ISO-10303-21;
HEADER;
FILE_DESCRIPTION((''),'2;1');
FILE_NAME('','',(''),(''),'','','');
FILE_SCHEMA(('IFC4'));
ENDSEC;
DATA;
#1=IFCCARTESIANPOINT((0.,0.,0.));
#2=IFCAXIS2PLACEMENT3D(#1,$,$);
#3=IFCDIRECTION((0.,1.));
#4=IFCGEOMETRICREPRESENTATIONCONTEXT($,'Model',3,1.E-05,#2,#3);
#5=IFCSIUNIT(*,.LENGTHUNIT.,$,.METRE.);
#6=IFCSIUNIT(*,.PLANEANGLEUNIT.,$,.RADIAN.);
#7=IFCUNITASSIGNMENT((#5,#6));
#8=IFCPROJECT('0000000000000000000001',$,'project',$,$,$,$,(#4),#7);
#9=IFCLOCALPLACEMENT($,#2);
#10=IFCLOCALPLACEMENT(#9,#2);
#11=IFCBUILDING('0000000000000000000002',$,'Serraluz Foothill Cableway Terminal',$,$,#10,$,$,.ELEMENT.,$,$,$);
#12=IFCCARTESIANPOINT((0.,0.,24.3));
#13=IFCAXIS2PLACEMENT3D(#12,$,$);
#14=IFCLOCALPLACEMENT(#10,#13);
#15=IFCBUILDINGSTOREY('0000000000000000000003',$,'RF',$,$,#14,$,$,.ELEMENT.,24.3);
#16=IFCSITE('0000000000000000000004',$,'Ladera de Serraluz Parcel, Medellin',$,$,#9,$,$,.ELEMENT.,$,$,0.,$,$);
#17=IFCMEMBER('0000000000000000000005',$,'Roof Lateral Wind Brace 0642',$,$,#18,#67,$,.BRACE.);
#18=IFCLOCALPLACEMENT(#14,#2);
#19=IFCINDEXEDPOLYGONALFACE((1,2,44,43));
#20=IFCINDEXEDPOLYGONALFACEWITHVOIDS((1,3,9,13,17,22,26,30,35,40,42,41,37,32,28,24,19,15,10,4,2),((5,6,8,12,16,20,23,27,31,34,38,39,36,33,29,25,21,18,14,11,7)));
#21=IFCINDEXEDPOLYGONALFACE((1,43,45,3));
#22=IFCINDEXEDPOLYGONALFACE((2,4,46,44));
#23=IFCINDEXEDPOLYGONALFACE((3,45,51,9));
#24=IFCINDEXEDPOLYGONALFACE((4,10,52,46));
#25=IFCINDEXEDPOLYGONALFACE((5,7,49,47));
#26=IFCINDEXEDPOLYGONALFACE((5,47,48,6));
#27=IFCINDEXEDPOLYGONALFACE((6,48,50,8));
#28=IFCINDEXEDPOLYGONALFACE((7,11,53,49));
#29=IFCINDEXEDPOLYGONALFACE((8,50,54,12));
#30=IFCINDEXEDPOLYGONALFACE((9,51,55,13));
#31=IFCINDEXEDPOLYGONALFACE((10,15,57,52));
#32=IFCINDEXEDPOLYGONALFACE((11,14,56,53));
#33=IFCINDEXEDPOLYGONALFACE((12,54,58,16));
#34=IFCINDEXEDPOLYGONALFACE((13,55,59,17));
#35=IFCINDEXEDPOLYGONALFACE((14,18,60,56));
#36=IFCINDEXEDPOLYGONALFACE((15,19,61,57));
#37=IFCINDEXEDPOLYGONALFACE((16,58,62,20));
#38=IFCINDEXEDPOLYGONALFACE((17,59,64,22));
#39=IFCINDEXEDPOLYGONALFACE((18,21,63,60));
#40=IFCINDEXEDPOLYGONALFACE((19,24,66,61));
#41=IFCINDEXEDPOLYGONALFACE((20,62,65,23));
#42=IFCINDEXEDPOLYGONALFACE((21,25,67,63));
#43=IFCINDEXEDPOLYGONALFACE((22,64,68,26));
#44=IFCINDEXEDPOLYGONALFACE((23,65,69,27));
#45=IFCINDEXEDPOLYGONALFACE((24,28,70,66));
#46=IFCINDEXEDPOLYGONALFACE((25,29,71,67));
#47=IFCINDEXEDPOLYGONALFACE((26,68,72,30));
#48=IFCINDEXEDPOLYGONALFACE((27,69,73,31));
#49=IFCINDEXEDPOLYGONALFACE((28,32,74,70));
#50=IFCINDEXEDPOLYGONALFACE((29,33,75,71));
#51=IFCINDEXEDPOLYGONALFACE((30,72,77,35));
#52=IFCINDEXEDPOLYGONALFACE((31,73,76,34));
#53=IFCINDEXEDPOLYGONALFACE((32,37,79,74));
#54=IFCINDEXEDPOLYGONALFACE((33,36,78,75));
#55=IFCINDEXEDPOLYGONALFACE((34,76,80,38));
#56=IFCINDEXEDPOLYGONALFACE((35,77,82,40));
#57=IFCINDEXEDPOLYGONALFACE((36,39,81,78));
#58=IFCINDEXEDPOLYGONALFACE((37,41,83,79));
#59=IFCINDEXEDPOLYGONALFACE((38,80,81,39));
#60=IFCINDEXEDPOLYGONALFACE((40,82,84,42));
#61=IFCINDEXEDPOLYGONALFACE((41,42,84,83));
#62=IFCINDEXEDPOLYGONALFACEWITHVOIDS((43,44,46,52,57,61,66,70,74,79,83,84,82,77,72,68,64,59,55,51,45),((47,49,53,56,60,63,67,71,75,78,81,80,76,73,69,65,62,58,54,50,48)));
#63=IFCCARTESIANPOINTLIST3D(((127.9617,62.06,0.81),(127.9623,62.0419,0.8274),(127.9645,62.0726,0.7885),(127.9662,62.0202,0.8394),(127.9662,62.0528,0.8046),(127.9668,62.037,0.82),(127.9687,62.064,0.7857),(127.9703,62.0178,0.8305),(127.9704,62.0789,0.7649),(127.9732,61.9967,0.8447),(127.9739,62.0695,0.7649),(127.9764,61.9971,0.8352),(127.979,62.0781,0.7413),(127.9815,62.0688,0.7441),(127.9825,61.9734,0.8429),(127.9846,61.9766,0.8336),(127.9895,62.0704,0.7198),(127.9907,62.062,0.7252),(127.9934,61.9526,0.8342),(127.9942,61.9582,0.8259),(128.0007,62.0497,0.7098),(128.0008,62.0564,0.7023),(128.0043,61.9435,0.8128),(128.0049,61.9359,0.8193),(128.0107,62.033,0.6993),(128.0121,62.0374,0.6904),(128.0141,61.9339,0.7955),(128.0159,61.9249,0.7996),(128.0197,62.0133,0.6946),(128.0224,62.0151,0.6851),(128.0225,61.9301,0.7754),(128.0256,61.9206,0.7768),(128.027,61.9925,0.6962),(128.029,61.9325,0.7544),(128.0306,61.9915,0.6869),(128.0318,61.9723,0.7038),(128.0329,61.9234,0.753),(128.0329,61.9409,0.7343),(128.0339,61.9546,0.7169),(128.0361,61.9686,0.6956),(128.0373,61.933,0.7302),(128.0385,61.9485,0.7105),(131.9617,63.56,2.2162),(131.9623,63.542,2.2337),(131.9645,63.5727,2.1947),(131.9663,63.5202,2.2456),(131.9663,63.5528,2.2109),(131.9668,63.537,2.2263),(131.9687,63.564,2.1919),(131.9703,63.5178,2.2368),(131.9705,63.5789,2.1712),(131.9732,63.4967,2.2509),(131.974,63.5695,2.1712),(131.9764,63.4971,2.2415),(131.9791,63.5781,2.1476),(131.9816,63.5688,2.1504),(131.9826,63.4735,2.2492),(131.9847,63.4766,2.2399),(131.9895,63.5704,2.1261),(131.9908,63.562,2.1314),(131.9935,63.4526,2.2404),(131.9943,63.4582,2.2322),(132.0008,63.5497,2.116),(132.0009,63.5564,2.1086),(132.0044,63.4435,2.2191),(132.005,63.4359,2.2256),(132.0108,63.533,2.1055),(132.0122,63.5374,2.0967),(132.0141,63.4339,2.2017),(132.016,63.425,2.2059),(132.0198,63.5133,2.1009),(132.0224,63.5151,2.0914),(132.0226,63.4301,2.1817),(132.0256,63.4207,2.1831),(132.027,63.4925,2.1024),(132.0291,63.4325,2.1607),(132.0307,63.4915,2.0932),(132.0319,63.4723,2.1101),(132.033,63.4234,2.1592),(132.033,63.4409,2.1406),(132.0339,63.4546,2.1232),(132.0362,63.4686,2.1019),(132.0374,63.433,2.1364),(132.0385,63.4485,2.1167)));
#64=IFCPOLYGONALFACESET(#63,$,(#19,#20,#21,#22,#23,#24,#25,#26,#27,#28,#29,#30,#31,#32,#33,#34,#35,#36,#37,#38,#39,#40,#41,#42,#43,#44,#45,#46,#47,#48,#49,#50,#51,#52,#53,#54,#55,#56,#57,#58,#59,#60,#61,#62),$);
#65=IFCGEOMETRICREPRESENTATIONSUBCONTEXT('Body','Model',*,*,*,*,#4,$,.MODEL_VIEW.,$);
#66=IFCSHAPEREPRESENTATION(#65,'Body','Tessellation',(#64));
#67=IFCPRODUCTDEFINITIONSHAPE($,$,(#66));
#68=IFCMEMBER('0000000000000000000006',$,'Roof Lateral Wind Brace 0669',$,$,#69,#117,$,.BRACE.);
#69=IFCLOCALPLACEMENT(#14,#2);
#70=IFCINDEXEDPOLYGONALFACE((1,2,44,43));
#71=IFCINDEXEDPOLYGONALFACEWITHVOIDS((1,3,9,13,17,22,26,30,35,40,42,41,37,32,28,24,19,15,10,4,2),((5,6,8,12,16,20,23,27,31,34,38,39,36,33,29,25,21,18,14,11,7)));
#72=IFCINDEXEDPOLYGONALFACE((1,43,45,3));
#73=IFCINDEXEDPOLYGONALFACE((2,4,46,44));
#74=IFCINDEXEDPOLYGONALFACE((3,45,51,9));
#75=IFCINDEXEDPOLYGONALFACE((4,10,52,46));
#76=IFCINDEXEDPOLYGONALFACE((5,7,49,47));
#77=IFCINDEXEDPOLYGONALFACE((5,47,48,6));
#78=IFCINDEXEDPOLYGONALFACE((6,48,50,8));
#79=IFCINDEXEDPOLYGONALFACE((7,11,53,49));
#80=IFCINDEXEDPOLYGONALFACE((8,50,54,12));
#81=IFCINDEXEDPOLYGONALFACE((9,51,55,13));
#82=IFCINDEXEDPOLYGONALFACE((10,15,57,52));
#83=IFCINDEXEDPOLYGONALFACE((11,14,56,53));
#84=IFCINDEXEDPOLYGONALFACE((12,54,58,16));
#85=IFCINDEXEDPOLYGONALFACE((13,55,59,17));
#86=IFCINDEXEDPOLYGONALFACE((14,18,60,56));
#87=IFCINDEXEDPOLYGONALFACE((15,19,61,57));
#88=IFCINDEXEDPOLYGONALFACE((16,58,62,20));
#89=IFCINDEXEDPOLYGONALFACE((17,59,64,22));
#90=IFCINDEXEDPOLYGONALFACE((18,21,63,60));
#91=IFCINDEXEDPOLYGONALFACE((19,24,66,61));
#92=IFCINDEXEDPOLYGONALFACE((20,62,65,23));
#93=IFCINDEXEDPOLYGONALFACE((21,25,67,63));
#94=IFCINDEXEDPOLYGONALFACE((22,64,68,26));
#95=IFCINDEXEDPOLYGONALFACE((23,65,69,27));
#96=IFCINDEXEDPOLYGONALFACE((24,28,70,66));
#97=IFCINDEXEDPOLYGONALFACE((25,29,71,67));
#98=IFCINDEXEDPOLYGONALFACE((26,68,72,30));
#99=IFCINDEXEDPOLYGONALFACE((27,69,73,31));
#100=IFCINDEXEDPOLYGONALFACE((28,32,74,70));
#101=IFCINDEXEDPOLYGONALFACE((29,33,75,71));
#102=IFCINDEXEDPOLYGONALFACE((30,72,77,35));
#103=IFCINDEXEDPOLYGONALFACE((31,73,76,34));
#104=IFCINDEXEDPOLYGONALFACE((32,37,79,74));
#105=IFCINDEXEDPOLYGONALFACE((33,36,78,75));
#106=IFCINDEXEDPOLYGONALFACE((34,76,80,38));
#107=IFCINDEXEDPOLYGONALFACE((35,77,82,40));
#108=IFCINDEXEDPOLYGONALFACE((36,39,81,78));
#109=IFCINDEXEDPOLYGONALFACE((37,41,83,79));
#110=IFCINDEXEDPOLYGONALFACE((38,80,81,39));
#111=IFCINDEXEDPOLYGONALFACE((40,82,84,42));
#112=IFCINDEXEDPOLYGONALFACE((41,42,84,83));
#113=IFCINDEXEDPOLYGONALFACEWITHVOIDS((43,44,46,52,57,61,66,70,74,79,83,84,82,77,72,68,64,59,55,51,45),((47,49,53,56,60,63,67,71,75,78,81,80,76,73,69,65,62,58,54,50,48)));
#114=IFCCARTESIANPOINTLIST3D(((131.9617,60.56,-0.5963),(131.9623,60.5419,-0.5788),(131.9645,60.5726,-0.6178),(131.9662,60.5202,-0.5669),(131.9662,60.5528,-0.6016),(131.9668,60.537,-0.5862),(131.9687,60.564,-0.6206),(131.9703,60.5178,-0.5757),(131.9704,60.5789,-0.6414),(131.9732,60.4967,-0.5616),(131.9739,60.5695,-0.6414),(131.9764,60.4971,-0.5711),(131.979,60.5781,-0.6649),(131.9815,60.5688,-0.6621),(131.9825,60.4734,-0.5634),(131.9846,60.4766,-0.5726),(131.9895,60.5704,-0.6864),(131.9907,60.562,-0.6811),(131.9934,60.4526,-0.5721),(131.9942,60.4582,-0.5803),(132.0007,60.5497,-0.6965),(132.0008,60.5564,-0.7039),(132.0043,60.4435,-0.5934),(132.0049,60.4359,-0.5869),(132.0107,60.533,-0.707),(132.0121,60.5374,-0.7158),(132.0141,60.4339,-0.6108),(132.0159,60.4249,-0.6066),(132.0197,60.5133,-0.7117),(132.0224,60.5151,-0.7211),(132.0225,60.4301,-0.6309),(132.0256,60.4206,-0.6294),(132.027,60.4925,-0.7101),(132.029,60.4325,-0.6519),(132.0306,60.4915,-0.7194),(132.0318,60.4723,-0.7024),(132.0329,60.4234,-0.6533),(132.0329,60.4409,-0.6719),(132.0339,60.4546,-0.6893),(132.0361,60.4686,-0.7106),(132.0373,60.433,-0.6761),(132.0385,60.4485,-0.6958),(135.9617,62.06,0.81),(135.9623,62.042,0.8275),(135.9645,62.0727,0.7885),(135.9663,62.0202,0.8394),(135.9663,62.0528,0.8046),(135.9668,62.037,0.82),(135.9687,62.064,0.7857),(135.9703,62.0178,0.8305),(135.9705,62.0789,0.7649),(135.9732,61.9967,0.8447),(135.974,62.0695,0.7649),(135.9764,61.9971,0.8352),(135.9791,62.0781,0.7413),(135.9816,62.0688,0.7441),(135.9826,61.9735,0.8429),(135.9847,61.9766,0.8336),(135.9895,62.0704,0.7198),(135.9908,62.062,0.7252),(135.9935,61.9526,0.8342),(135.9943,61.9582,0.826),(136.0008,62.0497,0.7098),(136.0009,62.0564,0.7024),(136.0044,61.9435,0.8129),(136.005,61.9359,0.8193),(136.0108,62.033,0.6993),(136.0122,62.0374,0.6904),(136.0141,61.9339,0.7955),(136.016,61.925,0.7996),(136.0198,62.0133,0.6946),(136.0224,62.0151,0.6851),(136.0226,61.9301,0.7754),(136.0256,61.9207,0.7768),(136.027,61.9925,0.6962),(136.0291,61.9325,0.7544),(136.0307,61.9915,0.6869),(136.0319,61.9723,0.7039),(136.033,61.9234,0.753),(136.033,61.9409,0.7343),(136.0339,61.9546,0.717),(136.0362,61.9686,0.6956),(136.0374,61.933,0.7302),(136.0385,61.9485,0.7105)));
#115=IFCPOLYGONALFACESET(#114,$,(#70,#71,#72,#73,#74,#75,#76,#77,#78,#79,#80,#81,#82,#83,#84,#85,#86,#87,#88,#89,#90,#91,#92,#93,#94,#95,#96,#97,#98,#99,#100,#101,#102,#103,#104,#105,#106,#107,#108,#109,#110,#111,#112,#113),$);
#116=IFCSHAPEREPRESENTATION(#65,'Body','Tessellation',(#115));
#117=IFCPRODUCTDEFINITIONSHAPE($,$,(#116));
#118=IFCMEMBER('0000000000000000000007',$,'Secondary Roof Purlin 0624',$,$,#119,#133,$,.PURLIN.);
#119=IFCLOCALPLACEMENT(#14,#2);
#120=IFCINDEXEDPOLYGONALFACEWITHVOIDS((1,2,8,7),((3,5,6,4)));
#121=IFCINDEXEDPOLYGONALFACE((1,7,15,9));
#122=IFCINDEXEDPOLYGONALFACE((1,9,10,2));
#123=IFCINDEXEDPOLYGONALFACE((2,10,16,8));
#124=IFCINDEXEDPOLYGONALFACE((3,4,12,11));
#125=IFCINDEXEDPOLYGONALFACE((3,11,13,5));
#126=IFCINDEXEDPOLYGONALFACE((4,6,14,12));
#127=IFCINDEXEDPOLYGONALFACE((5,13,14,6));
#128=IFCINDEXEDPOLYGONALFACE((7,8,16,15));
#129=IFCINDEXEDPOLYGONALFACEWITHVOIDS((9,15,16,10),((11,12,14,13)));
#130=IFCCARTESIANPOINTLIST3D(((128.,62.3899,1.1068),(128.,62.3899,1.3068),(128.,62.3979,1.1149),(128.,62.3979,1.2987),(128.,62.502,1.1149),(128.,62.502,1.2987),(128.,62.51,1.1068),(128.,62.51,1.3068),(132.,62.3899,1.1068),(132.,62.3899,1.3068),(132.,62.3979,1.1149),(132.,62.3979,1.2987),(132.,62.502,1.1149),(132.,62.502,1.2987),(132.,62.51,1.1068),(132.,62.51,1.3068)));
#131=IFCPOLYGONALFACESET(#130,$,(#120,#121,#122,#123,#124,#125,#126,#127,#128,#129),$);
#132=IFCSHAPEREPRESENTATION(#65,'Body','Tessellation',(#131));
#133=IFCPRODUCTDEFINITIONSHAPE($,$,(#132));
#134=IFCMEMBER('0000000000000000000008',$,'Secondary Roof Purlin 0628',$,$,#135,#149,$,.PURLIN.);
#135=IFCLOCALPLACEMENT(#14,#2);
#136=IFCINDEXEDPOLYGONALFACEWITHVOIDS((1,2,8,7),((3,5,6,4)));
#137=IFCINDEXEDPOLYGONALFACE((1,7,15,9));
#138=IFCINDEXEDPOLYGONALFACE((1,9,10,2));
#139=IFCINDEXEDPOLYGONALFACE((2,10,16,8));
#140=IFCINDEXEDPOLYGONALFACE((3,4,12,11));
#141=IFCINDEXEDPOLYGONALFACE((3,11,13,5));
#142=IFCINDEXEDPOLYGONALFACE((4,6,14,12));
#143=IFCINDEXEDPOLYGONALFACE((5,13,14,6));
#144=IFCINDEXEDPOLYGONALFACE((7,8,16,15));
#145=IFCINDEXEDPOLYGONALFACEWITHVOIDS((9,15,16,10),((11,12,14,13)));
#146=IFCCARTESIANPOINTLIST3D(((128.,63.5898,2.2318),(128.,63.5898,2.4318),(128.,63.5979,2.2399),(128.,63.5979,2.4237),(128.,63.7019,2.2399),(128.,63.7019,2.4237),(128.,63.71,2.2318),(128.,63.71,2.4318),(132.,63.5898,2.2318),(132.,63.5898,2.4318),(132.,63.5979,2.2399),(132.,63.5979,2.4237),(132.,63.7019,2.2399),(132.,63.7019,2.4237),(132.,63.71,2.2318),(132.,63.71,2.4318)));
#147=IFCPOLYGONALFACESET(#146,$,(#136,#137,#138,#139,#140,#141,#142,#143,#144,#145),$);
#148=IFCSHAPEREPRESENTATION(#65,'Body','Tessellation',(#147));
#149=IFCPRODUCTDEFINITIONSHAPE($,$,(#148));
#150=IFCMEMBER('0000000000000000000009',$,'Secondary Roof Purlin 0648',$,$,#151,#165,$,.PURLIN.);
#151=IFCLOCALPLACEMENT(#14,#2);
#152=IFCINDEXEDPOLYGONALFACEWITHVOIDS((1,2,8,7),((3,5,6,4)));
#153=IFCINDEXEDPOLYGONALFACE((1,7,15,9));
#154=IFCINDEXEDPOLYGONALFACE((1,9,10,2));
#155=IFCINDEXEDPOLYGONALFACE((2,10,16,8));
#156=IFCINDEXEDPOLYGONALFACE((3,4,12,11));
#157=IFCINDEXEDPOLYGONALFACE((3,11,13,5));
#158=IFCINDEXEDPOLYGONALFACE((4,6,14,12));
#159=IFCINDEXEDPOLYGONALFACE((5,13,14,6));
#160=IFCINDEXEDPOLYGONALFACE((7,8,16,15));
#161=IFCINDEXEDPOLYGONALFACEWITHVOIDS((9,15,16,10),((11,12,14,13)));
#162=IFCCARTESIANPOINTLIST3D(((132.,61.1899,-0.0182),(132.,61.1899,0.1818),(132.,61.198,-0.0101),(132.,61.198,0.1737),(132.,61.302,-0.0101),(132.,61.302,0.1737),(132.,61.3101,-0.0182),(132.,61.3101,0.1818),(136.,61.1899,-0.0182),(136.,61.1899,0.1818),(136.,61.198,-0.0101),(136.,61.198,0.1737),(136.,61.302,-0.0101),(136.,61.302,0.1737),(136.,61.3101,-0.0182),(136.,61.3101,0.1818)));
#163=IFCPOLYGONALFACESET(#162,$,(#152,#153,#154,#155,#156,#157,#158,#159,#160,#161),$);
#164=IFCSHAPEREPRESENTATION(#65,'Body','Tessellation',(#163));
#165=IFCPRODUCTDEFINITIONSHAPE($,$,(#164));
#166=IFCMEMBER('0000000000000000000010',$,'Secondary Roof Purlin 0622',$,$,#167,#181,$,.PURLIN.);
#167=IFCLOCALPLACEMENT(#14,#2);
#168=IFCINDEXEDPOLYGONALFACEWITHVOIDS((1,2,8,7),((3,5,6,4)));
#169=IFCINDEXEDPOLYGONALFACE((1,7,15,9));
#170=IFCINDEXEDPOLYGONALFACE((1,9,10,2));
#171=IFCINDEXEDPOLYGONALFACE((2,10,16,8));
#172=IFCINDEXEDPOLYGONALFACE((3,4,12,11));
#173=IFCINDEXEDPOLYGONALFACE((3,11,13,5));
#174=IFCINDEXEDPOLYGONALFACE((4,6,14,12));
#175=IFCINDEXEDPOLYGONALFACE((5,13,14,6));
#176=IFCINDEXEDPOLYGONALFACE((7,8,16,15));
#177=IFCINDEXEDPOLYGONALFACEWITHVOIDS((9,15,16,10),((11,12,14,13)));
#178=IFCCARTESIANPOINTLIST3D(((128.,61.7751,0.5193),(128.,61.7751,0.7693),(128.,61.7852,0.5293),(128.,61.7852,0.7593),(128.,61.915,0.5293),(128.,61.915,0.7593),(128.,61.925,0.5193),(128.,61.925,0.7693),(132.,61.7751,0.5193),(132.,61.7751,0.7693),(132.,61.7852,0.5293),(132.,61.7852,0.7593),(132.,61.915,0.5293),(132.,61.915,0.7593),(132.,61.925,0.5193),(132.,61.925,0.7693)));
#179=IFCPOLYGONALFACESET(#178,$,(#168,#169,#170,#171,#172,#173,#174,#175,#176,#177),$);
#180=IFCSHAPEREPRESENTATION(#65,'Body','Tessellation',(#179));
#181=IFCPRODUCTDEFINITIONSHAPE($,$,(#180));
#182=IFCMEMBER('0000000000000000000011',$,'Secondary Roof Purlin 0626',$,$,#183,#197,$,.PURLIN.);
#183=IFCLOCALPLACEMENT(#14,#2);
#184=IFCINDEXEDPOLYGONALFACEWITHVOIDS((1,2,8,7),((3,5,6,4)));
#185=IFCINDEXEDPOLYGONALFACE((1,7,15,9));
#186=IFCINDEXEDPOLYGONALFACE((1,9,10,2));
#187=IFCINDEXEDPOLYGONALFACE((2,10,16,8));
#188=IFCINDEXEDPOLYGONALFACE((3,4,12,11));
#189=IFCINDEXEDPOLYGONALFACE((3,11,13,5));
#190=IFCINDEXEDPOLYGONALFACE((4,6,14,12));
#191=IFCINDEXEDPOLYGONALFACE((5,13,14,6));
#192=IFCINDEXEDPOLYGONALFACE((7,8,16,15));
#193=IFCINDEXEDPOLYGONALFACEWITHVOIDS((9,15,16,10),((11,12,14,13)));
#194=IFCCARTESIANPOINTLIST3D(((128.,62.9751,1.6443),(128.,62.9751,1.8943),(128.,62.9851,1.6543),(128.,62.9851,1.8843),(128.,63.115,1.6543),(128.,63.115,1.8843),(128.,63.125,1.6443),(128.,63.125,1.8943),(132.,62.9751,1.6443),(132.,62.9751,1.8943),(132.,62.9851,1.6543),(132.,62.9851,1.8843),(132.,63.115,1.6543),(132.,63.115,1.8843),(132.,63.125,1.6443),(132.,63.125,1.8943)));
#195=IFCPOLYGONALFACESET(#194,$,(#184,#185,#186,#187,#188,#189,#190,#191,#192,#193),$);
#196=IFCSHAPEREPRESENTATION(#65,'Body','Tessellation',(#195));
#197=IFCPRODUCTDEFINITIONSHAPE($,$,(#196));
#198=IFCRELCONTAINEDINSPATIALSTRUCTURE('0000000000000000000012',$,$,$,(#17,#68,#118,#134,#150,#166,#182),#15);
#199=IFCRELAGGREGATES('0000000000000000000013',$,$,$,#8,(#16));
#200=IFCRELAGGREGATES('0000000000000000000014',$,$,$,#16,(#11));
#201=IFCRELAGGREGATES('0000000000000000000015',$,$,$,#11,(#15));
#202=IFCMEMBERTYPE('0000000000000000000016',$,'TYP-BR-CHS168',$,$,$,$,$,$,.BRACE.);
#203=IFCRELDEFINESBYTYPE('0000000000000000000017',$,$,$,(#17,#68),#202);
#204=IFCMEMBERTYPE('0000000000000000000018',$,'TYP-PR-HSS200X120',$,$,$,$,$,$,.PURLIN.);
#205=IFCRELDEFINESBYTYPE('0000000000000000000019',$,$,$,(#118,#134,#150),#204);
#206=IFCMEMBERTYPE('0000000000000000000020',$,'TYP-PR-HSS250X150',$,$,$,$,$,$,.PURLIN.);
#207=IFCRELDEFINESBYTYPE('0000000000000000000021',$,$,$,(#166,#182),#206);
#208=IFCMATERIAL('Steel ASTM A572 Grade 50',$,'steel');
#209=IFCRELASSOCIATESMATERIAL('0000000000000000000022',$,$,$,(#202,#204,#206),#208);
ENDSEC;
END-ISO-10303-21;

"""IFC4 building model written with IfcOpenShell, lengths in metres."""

from ifc_helpers import new_model, si_unit, direction, frame, origin, origin_2d, place, context, subcontext, project, spatial, hollow_rectangle, hollow_circle, extrude, material, material_profile, profile_set, type_object, element, save


model = new_model("IFC4")

# Units and contexts
model_context = context("Model", 3, precision=1e-05, world=origin(), true_north=direction((0.0, 1.0)))
body_context = subcontext(model_context, "Body", "Model", "MODEL_VIEW")
ifc_project = project(units=[si_unit("LENGTHUNIT", "METRE"), si_unit("PLANEANGLEUNIT", "RADIAN")], contexts=[model_context])

# Site, building, storey
site_placement = place(None, origin())
site = spatial("IfcSite", under=ifc_project, at=site_placement, Name="Ladera de Serraluz Parcel, Medellin", CompositionType="ELEMENT", RefElevation=0.0)
building_placement = place(site_placement, origin())
building = spatial("IfcBuilding", under=site, at=building_placement, Name="Serraluz Foothill Cableway Terminal", CompositionType="ELEMENT")
storey_placement = place(building_placement, frame((0.0, 0.0, 24.3)))
storey = spatial("IfcBuildingStorey", under=building, at=storey_placement, Name="RF", CompositionType="ELEMENT", Elevation=24.3)

# Members
ifc_material_1 = material(Name="Steel ASTM A572 Grade 50", Category="steel")
ifc_material_profile_1 = material_profile(ifc_material_1, hollow_circle(Radius=0.0842, WallThickness=0.01, at=origin_2d()), Name="CHS168X10")
ifc_profile_set_1 = profile_set([ifc_material_profile_1], Name="Steel ASTM A572 Grade 50")
member_type_1 = type_object("IfcMemberType", Name="TYP-BR-CHS168", PredefinedType="BRACE", material=ifc_profile_set_1)
for number, where, z_axis, x_axis, name in (
    (1, (128.0, 62.0, 0.7649), (0.889382, 0.333518, 0.312673), (-0.351123, 0.936329, 0.0), "Roof Lateral Wind Brace 0642"),
    (2, (132.0, 60.5, -0.6414), (0.889382, 0.333518, 0.312673), (-0.351123, 0.936329, 0.0), "Roof Lateral Wind Brace 0669"),
):
    element("IfcMember", number, at=place(storey_placement, frame(where, z_axis=z_axis, x_axis=x_axis)), inside=storey, type_object=member_type_1, Name=name, PredefinedType="BRACE", context=body_context, shape_type="SweptSolid", body=[
        extrude(hollow_circle(Radius=0.0842, WallThickness=0.01, at=origin_2d()), origin(), (0.0, 0.0, 1.0), 4.4976),
    ])
ifc_material_profile_2 = material_profile(ifc_material_1, hollow_rectangle(XDim=0.1201, YDim=0.2, WallThickness=0.0081, at=origin_2d()), Name="HSS200X120X8")
ifc_profile_set_2 = profile_set([ifc_material_profile_2], Name="Steel ASTM A572 Grade 50")
member_type_2 = type_object("IfcMemberType", Name="TYP-PR-HSS200X120", PredefinedType="PURLIN", material=ifc_profile_set_2)
for number, where, z_axis, x_axis, name in (
    (3, (128.0, 62.45, 1.2068), (1.0, 0.0, 0.0), (0.0, 1.0, 0.0), "Secondary Roof Purlin 0624"),
    (4, (128.0, 63.6499, 2.3318), (1.0, 0.0, 0.0), (0.0, 1.0, 0.0), "Secondary Roof Purlin 0628"),
    (5, (132.0, 61.25, 0.0818), (1.0, 0.0, 0.0), (0.0, 1.0, 0.0), "Secondary Roof Purlin 0648"),
):
    element("IfcMember", number, at=place(storey_placement, frame(where, z_axis=z_axis, x_axis=x_axis)), inside=storey, type_object=member_type_2, Name=name, PredefinedType="PURLIN", context=body_context, shape_type="SweptSolid", body=[
        extrude(hollow_rectangle(XDim=0.1201, YDim=0.2, WallThickness=0.0081, at=origin_2d()), origin(), (0.0, 0.0, 1.0), 4.0),
    ])
ifc_material_profile_3 = material_profile(ifc_material_1, hollow_rectangle(XDim=0.1499, YDim=0.25, WallThickness=0.01, at=origin_2d()), Name="HSS250X150X10")
ifc_profile_set_3 = profile_set([ifc_material_profile_3], Name="Steel ASTM A572 Grade 50")
member_type_3 = type_object("IfcMemberType", Name="TYP-PR-HSS250X150", PredefinedType="PURLIN", material=ifc_profile_set_3)
for number, where, z_axis, x_axis, name in (
    (6, (128.0, 61.8501, 0.6443), (1.0, 0.0, 0.0), (0.0, 1.0, 0.0), "Secondary Roof Purlin 0622"),
    (7, (128.0, 63.05, 1.7693), (1.0, 0.0, 0.0), (0.0, 1.0, 0.0), "Secondary Roof Purlin 0626"),
):
    element("IfcMember", number, at=place(storey_placement, frame(where, z_axis=z_axis, x_axis=x_axis)), inside=storey, type_object=member_type_3, Name=name, PredefinedType="PURLIN", context=body_context, shape_type="SweptSolid", body=[
        extrude(hollow_rectangle(XDim=0.1499, YDim=0.25, WallThickness=0.01, at=origin_2d()), origin(), (0.0, 0.0, 1.0), 4.0),
    ])

save(model, "model.ifc")
